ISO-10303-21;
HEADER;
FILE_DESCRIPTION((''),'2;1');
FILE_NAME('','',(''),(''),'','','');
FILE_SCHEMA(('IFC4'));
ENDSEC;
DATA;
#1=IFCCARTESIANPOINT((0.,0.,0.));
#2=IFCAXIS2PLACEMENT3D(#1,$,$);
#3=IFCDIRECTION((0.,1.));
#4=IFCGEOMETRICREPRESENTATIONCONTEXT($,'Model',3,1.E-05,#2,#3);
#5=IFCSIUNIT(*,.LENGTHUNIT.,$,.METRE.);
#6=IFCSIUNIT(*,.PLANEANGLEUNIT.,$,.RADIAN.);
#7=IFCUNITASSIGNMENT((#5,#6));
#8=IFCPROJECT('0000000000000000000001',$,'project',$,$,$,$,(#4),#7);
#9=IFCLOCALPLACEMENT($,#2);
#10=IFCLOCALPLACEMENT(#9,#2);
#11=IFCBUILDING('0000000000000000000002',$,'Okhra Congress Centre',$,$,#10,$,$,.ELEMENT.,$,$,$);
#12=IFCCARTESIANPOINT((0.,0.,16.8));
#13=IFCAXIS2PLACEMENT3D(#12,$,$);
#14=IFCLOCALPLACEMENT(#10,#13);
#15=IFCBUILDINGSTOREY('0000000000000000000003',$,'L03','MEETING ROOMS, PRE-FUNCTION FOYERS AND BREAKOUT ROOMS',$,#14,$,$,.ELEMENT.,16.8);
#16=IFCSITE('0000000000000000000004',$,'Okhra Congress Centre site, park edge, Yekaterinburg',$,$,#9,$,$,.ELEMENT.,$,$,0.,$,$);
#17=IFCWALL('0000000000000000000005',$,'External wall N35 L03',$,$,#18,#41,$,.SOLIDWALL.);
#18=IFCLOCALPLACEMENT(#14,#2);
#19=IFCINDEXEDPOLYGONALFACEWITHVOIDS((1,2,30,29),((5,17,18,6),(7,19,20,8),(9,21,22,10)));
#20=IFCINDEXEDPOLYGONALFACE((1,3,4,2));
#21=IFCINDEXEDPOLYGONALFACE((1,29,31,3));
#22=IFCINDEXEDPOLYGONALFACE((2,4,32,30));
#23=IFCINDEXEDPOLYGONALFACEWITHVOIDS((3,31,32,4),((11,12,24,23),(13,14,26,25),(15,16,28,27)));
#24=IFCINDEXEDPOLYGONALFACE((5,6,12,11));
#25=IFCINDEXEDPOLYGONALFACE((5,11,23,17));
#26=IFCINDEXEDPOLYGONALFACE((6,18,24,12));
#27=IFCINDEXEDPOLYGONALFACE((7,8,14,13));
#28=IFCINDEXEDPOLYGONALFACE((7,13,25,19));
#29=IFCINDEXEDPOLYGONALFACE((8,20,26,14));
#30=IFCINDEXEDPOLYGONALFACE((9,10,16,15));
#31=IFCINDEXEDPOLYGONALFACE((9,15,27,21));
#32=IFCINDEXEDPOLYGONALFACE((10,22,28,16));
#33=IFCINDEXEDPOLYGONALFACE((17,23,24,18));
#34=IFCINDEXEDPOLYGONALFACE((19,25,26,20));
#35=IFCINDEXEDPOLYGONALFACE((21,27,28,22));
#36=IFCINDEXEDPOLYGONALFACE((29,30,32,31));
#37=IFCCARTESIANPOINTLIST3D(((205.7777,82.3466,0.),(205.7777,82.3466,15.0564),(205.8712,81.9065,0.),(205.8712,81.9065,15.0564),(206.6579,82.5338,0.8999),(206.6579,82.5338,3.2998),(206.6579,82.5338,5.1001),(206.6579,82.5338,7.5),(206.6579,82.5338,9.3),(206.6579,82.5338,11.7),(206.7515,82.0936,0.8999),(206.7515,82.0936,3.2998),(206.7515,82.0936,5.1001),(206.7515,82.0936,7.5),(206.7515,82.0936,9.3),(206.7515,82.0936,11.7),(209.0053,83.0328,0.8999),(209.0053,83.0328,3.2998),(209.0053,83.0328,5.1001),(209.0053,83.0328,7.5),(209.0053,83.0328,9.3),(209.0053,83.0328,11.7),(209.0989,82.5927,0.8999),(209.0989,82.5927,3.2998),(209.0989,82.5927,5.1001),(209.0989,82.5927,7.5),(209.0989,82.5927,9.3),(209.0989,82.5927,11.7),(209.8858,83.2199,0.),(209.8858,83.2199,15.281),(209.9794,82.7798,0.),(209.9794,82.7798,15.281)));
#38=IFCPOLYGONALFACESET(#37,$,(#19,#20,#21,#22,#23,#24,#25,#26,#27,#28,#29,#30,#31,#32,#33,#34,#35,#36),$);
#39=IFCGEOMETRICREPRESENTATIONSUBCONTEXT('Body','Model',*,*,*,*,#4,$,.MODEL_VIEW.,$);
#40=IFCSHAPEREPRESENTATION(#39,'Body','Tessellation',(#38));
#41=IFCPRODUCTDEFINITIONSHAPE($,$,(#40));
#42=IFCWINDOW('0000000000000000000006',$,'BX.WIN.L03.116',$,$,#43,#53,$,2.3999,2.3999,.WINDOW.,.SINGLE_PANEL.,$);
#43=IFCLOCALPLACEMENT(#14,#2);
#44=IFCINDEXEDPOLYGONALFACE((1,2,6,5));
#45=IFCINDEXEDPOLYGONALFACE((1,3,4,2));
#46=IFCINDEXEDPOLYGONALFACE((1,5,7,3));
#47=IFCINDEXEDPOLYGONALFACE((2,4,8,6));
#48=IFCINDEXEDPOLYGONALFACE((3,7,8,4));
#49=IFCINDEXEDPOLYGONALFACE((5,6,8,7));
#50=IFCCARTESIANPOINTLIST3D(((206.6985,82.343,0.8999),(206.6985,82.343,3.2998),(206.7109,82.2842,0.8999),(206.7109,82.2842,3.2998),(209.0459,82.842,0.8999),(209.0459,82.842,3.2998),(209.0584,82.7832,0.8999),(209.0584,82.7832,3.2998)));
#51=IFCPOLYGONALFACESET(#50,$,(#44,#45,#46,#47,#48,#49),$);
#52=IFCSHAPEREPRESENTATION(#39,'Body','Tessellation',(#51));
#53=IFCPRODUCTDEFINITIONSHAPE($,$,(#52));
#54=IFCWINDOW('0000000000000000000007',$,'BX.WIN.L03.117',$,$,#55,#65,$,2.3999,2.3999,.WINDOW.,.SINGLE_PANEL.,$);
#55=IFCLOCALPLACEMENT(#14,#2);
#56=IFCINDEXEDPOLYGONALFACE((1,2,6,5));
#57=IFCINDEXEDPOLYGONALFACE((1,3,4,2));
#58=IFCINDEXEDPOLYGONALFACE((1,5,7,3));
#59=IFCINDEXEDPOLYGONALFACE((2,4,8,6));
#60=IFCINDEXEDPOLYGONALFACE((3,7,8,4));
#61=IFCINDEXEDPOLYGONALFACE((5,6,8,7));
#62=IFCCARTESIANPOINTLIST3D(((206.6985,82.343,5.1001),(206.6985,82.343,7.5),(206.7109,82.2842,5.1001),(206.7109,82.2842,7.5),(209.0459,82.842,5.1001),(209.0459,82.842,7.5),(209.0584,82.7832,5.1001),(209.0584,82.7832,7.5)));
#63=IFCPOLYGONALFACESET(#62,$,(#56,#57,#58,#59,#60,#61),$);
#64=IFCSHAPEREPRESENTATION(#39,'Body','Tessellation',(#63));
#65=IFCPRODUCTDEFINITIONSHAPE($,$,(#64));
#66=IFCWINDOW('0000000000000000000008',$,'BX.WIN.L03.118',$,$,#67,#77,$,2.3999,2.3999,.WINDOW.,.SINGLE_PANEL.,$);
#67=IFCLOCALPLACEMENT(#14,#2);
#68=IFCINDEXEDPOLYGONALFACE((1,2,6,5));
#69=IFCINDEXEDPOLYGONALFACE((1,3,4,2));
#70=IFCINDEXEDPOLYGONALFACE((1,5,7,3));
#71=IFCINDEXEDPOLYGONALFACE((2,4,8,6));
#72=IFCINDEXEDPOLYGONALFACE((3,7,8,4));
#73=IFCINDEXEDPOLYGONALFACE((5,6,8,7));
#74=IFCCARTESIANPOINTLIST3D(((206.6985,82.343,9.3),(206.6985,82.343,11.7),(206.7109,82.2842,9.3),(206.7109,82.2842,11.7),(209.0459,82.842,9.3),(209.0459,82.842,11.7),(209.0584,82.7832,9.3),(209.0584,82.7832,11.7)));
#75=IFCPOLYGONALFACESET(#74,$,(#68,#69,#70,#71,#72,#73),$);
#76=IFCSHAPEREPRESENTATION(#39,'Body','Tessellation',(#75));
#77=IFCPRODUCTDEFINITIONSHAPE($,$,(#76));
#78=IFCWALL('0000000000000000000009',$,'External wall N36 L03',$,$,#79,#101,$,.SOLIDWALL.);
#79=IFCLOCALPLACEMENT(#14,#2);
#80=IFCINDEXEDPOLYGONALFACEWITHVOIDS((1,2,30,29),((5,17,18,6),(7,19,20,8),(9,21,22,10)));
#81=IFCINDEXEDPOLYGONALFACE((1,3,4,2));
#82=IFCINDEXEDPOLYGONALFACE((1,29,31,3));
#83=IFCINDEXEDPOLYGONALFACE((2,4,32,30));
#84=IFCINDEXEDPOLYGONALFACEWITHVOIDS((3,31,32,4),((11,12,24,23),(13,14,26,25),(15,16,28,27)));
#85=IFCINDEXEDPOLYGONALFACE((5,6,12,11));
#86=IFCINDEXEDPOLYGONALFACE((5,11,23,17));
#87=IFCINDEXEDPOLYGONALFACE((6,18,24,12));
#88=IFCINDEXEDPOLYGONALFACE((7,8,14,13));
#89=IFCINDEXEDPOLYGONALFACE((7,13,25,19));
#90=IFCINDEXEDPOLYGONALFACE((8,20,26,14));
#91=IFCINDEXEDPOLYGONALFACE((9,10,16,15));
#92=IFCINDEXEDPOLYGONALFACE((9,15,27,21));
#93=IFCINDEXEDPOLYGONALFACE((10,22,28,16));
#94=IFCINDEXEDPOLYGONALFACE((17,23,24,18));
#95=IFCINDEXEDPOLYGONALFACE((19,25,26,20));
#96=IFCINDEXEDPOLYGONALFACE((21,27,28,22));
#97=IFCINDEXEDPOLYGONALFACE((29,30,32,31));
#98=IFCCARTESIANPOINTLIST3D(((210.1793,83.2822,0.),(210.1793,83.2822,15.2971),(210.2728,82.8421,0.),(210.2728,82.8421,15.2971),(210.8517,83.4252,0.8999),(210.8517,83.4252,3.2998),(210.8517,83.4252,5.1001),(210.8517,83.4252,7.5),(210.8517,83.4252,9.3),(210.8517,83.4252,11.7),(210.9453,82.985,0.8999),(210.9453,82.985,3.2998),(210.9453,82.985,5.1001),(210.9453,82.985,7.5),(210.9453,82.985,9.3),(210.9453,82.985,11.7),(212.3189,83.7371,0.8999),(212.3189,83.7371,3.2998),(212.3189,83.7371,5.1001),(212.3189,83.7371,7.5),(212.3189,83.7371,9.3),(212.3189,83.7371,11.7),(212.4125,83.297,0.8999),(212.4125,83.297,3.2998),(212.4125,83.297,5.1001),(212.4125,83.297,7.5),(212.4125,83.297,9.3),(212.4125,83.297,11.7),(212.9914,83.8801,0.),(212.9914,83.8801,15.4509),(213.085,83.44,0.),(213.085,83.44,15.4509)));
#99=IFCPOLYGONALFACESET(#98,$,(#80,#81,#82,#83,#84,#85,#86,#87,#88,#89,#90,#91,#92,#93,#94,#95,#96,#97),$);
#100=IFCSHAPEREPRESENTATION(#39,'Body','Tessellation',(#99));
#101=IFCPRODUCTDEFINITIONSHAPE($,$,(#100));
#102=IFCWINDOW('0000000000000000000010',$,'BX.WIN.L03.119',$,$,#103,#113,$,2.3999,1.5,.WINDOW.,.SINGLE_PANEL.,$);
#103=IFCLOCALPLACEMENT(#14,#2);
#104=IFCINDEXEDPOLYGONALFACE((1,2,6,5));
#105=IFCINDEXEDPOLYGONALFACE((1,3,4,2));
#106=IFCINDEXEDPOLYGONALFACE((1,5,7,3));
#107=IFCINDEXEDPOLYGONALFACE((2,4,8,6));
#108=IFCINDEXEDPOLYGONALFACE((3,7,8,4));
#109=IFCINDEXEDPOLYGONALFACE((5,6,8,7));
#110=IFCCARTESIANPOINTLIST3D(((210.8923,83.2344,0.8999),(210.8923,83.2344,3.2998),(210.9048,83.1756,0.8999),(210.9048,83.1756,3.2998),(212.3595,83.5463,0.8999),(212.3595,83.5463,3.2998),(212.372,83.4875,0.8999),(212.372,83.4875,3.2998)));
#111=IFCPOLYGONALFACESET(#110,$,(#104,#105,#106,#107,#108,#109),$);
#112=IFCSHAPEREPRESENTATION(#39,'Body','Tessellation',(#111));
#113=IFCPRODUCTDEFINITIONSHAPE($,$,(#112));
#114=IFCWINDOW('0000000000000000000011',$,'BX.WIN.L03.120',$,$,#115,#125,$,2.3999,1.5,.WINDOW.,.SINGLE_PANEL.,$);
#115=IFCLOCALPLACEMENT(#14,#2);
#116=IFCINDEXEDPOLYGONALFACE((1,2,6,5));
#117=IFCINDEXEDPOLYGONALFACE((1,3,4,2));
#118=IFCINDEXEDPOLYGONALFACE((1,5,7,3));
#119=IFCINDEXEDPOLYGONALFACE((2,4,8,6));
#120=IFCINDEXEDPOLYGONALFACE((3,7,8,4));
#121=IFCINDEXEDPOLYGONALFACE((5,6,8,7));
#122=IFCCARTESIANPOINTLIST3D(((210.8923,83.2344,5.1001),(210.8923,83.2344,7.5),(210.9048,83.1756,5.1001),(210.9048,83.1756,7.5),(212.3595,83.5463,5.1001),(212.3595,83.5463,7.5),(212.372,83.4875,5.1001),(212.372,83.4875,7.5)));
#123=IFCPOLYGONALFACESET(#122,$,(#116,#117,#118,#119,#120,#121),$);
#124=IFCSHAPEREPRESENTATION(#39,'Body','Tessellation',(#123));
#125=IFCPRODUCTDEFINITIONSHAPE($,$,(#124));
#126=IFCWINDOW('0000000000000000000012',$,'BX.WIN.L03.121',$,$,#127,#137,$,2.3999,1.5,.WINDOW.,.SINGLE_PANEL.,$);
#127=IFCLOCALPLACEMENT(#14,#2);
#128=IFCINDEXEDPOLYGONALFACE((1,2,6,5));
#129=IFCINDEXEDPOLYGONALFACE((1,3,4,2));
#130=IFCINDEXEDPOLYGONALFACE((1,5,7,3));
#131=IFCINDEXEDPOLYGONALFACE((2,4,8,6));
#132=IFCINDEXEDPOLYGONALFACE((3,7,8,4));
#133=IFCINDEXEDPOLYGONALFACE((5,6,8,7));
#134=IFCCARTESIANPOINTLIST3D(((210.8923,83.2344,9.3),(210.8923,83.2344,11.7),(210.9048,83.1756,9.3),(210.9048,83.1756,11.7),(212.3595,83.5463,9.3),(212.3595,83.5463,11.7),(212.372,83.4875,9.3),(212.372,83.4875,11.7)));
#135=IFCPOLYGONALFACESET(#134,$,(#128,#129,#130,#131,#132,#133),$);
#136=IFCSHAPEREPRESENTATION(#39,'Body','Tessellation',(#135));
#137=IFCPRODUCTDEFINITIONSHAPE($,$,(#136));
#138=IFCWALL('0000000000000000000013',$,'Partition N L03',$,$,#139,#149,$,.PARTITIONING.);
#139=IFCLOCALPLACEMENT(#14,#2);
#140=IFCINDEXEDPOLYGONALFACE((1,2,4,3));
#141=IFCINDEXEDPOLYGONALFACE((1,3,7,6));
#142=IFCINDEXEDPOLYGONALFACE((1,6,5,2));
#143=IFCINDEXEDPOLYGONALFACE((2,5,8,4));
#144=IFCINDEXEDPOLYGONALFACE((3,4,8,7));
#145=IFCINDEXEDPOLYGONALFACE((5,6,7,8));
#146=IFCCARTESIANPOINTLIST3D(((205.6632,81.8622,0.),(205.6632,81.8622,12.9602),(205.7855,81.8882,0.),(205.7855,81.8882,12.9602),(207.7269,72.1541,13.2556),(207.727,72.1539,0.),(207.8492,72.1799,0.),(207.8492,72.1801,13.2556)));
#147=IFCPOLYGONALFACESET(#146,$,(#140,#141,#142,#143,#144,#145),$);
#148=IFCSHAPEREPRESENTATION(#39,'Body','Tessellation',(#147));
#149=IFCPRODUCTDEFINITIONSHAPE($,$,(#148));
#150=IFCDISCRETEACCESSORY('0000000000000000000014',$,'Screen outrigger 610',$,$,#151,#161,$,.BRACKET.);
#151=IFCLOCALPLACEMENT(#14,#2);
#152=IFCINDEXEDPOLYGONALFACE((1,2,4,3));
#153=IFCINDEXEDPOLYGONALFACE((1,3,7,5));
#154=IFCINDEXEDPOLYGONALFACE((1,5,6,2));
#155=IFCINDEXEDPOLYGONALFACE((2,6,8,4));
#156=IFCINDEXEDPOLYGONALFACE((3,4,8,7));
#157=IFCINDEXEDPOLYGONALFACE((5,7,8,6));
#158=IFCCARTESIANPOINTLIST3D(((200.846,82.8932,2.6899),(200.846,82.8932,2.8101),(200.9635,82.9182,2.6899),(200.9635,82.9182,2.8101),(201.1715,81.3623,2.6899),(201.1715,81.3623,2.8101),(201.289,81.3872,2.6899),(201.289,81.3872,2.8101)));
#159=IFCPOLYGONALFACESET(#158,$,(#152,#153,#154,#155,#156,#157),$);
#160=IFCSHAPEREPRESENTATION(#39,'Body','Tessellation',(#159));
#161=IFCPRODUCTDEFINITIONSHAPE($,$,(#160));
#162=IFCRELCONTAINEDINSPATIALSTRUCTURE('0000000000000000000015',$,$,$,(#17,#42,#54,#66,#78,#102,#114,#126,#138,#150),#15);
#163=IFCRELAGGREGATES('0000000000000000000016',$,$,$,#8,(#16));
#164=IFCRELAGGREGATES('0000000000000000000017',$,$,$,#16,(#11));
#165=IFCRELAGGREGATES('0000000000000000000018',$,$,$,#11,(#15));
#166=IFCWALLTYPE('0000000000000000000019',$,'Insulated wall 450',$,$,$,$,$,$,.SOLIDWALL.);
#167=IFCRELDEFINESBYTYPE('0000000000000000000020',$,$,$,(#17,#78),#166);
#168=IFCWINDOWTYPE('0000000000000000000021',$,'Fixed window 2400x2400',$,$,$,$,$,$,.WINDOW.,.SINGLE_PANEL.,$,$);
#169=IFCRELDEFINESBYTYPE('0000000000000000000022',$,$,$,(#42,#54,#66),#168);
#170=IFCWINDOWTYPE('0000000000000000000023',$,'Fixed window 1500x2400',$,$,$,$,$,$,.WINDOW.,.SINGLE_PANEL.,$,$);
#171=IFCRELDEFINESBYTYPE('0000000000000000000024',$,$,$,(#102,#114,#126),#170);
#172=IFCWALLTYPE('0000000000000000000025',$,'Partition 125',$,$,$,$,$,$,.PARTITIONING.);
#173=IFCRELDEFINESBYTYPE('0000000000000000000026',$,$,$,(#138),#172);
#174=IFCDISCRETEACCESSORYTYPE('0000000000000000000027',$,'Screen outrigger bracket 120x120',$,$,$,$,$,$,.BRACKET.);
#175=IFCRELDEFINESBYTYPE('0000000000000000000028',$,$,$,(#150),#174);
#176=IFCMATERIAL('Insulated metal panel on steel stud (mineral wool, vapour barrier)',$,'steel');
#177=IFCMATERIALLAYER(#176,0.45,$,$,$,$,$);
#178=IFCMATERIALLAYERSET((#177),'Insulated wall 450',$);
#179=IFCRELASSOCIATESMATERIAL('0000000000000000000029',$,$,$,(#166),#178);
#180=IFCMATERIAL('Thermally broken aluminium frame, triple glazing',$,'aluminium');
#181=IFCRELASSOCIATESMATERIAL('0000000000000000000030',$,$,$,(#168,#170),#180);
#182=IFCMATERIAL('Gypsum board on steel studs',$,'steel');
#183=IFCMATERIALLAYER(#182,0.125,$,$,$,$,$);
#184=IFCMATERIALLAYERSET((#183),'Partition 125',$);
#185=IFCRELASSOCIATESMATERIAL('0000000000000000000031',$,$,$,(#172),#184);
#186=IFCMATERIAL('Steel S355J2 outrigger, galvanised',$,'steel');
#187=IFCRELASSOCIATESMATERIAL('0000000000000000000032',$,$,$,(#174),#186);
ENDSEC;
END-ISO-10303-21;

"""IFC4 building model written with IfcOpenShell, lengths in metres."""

from ifc_helpers import new_model, si_unit, direction, frame, frame_2d, origin, origin_2d, place, context, subcontext, project, spatial, polyline, rectangle, outline, extrude, material, layer, layer_set, material_profile, profile_set, type_object, element, fill, save


model = new_model("IFC4")

# Units and contexts
model_context = context("Model", 3, precision=1e-05, world=origin(), true_north=direction((0.0, 1.0)))
body_context = subcontext(model_context, "Body", "Model", "MODEL_VIEW")
ifc_project = project(units=[si_unit("LENGTHUNIT", "METRE"), si_unit("PLANEANGLEUNIT", "RADIAN")], contexts=[model_context])

# Site, building, storey
site_placement = place(None, origin())
site = spatial("IfcSite", under=ifc_project, at=site_placement, Name="Okhra Congress Centre site, park edge, Yekaterinburg", CompositionType="ELEMENT", RefElevation=0.0)
building_placement = place(site_placement, origin())
building = spatial("IfcBuilding", under=site, at=building_placement, Name="Okhra Congress Centre", CompositionType="ELEMENT")
storey_placement = place(building_placement, frame((0.0, 0.0, 16.8)))
storey = spatial("IfcBuildingStorey", under=building, at=storey_placement, Name="L03", Description="MEETING ROOMS, PRE-FUNCTION FOYERS AND BREAKOUT ROOMS", CompositionType="ELEMENT", Elevation=16.8)

# Walls, openings, windows
ifc_material_1 = material(Name="Insulated metal panel on steel stud (mineral wool, vapour barrier)", Category="steel")
ifc_layer_1 = layer(ifc_material_1, 0.45)
ifc_layer_set_1 = layer_set([ifc_layer_1], Name="Insulated wall 450")
wall_type_1 = type_object("IfcWallType", Name="Insulated wall 450", PredefinedType="SOLIDWALL", material=ifc_layer_set_1)
wall_1_placement = place(storey_placement, frame((205.8245, 82.1265, 0.0), z_axis=(0.0, 0.0, 1.0), x_axis=(0.978144, 0.207929, 0.0)))
wall_1 = element("IfcWall", 1, at=wall_1_placement, inside=storey, type_object=wall_type_1, Name="External wall N35 L03", PredefinedType="SOLIDWALL", context=body_context, shape_type="SweptSolid", body=[
    extrude(outline(polyline([(0.0, 0.0), (4.2, 0.0), (4.2, 15.281), (0.0, 15.0564), (0.0, 0.0)])), frame((0.0, 0.2251, 0.0), z_axis=(0.0, -1.0, 0.0), x_axis=(1.0, 0.0, 0.0)), (0.0, 0.0, 1.0), 0.45),
])
opening_1_placement = place(wall_1_placement, frame((0.8999, 0.0, 0.8999)))
opening_1 = element("IfcOpeningElement", 2, at=opening_1_placement, cuts=wall_1, PredefinedType="OPENING", context=body_context, shape_type="SweptSolid", body=[
    extrude(rectangle(XDim=2.3999, YDim=2.3999, at=frame_2d((1.2, 1.2))), frame((0.0, 0.2349, 0.0), z_axis=(0.0, -1.0, 0.0), x_axis=(1.0, 0.0, 0.0)), (0.0, 0.0, 1.0), 0.47),
])
opening_2_placement = place(wall_1_placement, frame((0.8999, 0.0, 5.1001)))
opening_2 = element("IfcOpeningElement", 3, at=opening_2_placement, cuts=wall_1, PredefinedType="OPENING", context=body_context, shape_type="SweptSolid", body=[
    extrude(rectangle(XDim=2.3999, YDim=2.3999, at=frame_2d((1.2, 1.2))), frame((0.0, 0.2349, 0.0), z_axis=(0.0, -1.0, 0.0), x_axis=(1.0, 0.0, 0.0)), (0.0, 0.0, 1.0), 0.47),
])
opening_3_placement = place(wall_1_placement, frame((0.8999, 0.0, 9.3)))
opening_3 = element("IfcOpeningElement", 4, at=opening_3_placement, cuts=wall_1, PredefinedType="OPENING", context=body_context, shape_type="SweptSolid", body=[
    extrude(rectangle(XDim=2.3999, YDim=2.3999, at=frame_2d((1.2, 1.2))), frame((0.0, 0.2349, 0.0), z_axis=(0.0, -1.0, 0.0), x_axis=(1.0, 0.0, 0.0)), (0.0, 0.0, 1.0), 0.47),
])
ifc_material_2 = material(Name="Thermally broken aluminium frame, triple glazing", Category="aluminium")
window_type_1 = type_object("IfcWindowType", Name="Fixed window 2400x2400", PartitioningType="SINGLE_PANEL", PredefinedType="WINDOW", material=ifc_material_2)
window_1_placement = place(opening_1_placement, origin())
window_1 = element("IfcWindow", 5, at=window_1_placement, inside=storey, type_object=window_type_1, Name="BX.WIN.L03.116", OverallHeight=2.3999, OverallWidth=2.3999, PartitioningType="SINGLE_PANEL", PredefinedType="WINDOW", context=body_context, shape_type="SweptSolid", body=[
    extrude(rectangle(XDim=2.3999, YDim=2.3999, at=frame_2d((1.2, 1.2))), frame((0.0, 0.03, 0.0), z_axis=(0.0, -1.0, 0.0), x_axis=(1.0, 0.0, 0.0)), (0.0, 0.0, 1.0), 0.0601),
])
fill(opening_1, window_1)
window_2_placement = place(opening_2_placement, origin())
window_2 = element("IfcWindow", 6, at=window_2_placement, inside=storey, type_object=window_type_1, Name="BX.WIN.L03.117", OverallHeight=2.3999, OverallWidth=2.3999, PartitioningType="SINGLE_PANEL", PredefinedType="WINDOW", context=body_context, shape_type="SweptSolid", body=[
    extrude(rectangle(XDim=2.3999, YDim=2.3999, at=frame_2d((1.2, 1.2))), frame((0.0, 0.03, 0.0), z_axis=(0.0, -1.0, 0.0), x_axis=(1.0, 0.0, 0.0)), (0.0, 0.0, 1.0), 0.0601),
])
fill(opening_2, window_2)
window_3_placement = place(opening_3_placement, origin())
window_3 = element("IfcWindow", 7, at=window_3_placement, inside=storey, type_object=window_type_1, Name="BX.WIN.L03.118", OverallHeight=2.3999, OverallWidth=2.3999, PartitioningType="SINGLE_PANEL", PredefinedType="WINDOW", context=body_context, shape_type="SweptSolid", body=[
    extrude(rectangle(XDim=2.3999, YDim=2.3999, at=frame_2d((1.2, 1.2))), frame((0.0, 0.03, 0.0), z_axis=(0.0, -1.0, 0.0), x_axis=(1.0, 0.0, 0.0)), (0.0, 0.0, 1.0), 0.0601),
])
fill(opening_3, window_3)
wall_2_placement = place(storey_placement, frame((210.2261, 83.062, 0.0), z_axis=(0.0, 0.0, 1.0), x_axis=(0.978138, 0.207957, 0.0)))
wall_2 = element("IfcWall", 8, at=wall_2_placement, inside=storey, type_object=wall_type_1, Name="External wall N36 L03", PredefinedType="SOLIDWALL", context=body_context, shape_type="SweptSolid", body=[
    extrude(outline(polyline([(0.0, 0.0), (2.875, 0.0), (2.875, 15.4509), (0.0, 15.2971), (0.0, 0.0)])), frame((0.0, 0.2251, 0.0), z_axis=(0.0, -1.0, 0.0), x_axis=(1.0, 0.0, 0.0)), (0.0, 0.0, 1.0), 0.45),
])
opening_4_placement = place(wall_2_placement, frame((0.6875, 0.0, 0.8999)))
opening_4 = element("IfcOpeningElement", 9, at=opening_4_placement, cuts=wall_2, PredefinedType="OPENING", context=body_context, shape_type="SweptSolid", body=[
    extrude(rectangle(XDim=1.5, YDim=2.3999, at=frame_2d((0.75, 1.2))), frame((0.0, 0.2349, 0.0), z_axis=(0.0, -1.0, 0.0), x_axis=(1.0, 0.0, 0.0)), (0.0, 0.0, 1.0), 0.47),
])
opening_5_placement = place(wall_2_placement, frame((0.6875, 0.0, 5.1001)))
opening_5 = element("IfcOpeningElement", 10, at=opening_5_placement, cuts=wall_2, PredefinedType="OPENING", context=body_context, shape_type="SweptSolid", body=[
    extrude(rectangle(XDim=1.5, YDim=2.3999, at=frame_2d((0.75, 1.2))), frame((0.0, 0.2349, 0.0), z_axis=(0.0, -1.0, 0.0), x_axis=(1.0, 0.0, 0.0)), (0.0, 0.0, 1.0), 0.47),
])
opening_6_placement = place(wall_2_placement, frame((0.6875, 0.0, 9.3)))
opening_6 = element("IfcOpeningElement", 11, at=opening_6_placement, cuts=wall_2, PredefinedType="OPENING", context=body_context, shape_type="SweptSolid", body=[
    extrude(rectangle(XDim=1.5, YDim=2.3999, at=frame_2d((0.75, 1.2))), frame((0.0, 0.2349, 0.0), z_axis=(0.0, -1.0, 0.0), x_axis=(1.0, 0.0, 0.0)), (0.0, 0.0, 1.0), 0.47),
])
window_type_2 = type_object("IfcWindowType", Name="Fixed window 1500x2400", PartitioningType="SINGLE_PANEL", PredefinedType="WINDOW", material=ifc_material_2)
window_4_placement = place(opening_4_placement, origin())
window_4 = element("IfcWindow", 12, at=window_4_placement, inside=storey, type_object=window_type_2, Name="BX.WIN.L03.119", OverallHeight=2.3999, OverallWidth=1.5, PartitioningType="SINGLE_PANEL", PredefinedType="WINDOW", context=body_context, shape_type="SweptSolid", body=[
    extrude(rectangle(XDim=1.5, YDim=2.3999, at=frame_2d((0.75, 1.2))), frame((0.0, 0.03, 0.0), z_axis=(0.0, -1.0, 0.0), x_axis=(1.0, 0.0, 0.0)), (0.0, 0.0, 1.0), 0.0601),
])
fill(opening_4, window_4)
window_5_placement = place(opening_5_placement, origin())
window_5 = element("IfcWindow", 13, at=window_5_placement, inside=storey, type_object=window_type_2, Name="BX.WIN.L03.120", OverallHeight=2.3999, OverallWidth=1.5, PartitioningType="SINGLE_PANEL", PredefinedType="WINDOW", context=body_context, shape_type="SweptSolid", body=[
    extrude(rectangle(XDim=1.5, YDim=2.3999, at=frame_2d((0.75, 1.2))), frame((0.0, 0.03, 0.0), z_axis=(0.0, -1.0, 0.0), x_axis=(1.0, 0.0, 0.0)), (0.0, 0.0, 1.0), 0.0601),
])
fill(opening_5, window_5)
window_6_placement = place(opening_6_placement, origin())
window_6 = element("IfcWindow", 14, at=window_6_placement, inside=storey, type_object=window_type_2, Name="BX.WIN.L03.121", OverallHeight=2.3999, OverallWidth=1.5, PartitioningType="SINGLE_PANEL", PredefinedType="WINDOW", context=body_context, shape_type="SweptSolid", body=[
    extrude(rectangle(XDim=1.5, YDim=2.3999, at=frame_2d((0.75, 1.2))), frame((0.0, 0.03, 0.0), z_axis=(0.0, -1.0, 0.0), x_axis=(1.0, 0.0, 0.0)), (0.0, 0.0, 1.0), 0.0601),
])
fill(opening_6, window_6)

# Wall
ifc_material_3 = material(Name="Gypsum board on steel studs", Category="steel")
ifc_layer_2 = layer(ifc_material_3, 0.125)
ifc_layer_set_2 = layer_set([ifc_layer_2], Name="Partition 125")
wall_type_2 = type_object("IfcWallType", Name="Partition 125", PredefinedType="PARTITIONING", material=ifc_layer_set_2)
wall_3_placement = place(storey_placement, frame((205.7244, 81.8752, 0.0), z_axis=(0.0, 0.0, 1.0), x_axis=(0.207928, -0.978144, 0.0)))
element("IfcWall", 15, at=wall_3_placement, inside=storey, type_object=wall_type_2, Name="Partition N L03", PredefinedType="PARTITIONING", context=body_context, shape_type="SweptSolid", body=[
    extrude(outline(polyline([(0.0, 0.0), (9.9253, 0.0), (9.925, 13.2556), (0.0, 12.9602), (0.0, 0.0)])), frame((0.0, 0.0625, 0.0), z_axis=(0.0, -1.0, 0.0), x_axis=(1.0, 0.0, 0.0)), (0.0, 0.0, 1.0), 0.125),
])

# Discrete accessory
ifc_material_4 = material(Name="Steel S355J2 outrigger, galvanised", Category="steel")
ifc_material_profile_1 = material_profile(ifc_material_4, rectangle(XDim=0.1201, YDim=0.1201, at=origin_2d()), Name="Screen outrigger bracket 120x120")
ifc_profile_set_1 = profile_set([ifc_material_profile_1], Name="Steel S355J2 outrigger, galvanised")
discrete_accessory_type_1 = type_object("IfcDiscreteAccessoryType", Name="Screen outrigger bracket 120x120", PredefinedType="BRACKET", material=ifc_profile_set_1)
discrete_accessory_1_placement = place(storey_placement, frame((201.2302, 81.3748, 2.75), z_axis=(-0.20792, 0.978146, 0.0), x_axis=(-0.978146, -0.20792, 0.0)))
element("IfcDiscreteAccessory", 16, at=discrete_accessory_1_placement, inside=storey, type_object=discrete_accessory_type_1, Name="Screen outrigger 610", PredefinedType="BRACKET", context=body_context, shape_type="SweptSolid", body=[
    extrude(rectangle(XDim=0.1201, YDim=0.1201, at=origin_2d()), origin(), (0.0, 0.0, 1.0), 1.5652),
])

save(model, "model.ifc")
